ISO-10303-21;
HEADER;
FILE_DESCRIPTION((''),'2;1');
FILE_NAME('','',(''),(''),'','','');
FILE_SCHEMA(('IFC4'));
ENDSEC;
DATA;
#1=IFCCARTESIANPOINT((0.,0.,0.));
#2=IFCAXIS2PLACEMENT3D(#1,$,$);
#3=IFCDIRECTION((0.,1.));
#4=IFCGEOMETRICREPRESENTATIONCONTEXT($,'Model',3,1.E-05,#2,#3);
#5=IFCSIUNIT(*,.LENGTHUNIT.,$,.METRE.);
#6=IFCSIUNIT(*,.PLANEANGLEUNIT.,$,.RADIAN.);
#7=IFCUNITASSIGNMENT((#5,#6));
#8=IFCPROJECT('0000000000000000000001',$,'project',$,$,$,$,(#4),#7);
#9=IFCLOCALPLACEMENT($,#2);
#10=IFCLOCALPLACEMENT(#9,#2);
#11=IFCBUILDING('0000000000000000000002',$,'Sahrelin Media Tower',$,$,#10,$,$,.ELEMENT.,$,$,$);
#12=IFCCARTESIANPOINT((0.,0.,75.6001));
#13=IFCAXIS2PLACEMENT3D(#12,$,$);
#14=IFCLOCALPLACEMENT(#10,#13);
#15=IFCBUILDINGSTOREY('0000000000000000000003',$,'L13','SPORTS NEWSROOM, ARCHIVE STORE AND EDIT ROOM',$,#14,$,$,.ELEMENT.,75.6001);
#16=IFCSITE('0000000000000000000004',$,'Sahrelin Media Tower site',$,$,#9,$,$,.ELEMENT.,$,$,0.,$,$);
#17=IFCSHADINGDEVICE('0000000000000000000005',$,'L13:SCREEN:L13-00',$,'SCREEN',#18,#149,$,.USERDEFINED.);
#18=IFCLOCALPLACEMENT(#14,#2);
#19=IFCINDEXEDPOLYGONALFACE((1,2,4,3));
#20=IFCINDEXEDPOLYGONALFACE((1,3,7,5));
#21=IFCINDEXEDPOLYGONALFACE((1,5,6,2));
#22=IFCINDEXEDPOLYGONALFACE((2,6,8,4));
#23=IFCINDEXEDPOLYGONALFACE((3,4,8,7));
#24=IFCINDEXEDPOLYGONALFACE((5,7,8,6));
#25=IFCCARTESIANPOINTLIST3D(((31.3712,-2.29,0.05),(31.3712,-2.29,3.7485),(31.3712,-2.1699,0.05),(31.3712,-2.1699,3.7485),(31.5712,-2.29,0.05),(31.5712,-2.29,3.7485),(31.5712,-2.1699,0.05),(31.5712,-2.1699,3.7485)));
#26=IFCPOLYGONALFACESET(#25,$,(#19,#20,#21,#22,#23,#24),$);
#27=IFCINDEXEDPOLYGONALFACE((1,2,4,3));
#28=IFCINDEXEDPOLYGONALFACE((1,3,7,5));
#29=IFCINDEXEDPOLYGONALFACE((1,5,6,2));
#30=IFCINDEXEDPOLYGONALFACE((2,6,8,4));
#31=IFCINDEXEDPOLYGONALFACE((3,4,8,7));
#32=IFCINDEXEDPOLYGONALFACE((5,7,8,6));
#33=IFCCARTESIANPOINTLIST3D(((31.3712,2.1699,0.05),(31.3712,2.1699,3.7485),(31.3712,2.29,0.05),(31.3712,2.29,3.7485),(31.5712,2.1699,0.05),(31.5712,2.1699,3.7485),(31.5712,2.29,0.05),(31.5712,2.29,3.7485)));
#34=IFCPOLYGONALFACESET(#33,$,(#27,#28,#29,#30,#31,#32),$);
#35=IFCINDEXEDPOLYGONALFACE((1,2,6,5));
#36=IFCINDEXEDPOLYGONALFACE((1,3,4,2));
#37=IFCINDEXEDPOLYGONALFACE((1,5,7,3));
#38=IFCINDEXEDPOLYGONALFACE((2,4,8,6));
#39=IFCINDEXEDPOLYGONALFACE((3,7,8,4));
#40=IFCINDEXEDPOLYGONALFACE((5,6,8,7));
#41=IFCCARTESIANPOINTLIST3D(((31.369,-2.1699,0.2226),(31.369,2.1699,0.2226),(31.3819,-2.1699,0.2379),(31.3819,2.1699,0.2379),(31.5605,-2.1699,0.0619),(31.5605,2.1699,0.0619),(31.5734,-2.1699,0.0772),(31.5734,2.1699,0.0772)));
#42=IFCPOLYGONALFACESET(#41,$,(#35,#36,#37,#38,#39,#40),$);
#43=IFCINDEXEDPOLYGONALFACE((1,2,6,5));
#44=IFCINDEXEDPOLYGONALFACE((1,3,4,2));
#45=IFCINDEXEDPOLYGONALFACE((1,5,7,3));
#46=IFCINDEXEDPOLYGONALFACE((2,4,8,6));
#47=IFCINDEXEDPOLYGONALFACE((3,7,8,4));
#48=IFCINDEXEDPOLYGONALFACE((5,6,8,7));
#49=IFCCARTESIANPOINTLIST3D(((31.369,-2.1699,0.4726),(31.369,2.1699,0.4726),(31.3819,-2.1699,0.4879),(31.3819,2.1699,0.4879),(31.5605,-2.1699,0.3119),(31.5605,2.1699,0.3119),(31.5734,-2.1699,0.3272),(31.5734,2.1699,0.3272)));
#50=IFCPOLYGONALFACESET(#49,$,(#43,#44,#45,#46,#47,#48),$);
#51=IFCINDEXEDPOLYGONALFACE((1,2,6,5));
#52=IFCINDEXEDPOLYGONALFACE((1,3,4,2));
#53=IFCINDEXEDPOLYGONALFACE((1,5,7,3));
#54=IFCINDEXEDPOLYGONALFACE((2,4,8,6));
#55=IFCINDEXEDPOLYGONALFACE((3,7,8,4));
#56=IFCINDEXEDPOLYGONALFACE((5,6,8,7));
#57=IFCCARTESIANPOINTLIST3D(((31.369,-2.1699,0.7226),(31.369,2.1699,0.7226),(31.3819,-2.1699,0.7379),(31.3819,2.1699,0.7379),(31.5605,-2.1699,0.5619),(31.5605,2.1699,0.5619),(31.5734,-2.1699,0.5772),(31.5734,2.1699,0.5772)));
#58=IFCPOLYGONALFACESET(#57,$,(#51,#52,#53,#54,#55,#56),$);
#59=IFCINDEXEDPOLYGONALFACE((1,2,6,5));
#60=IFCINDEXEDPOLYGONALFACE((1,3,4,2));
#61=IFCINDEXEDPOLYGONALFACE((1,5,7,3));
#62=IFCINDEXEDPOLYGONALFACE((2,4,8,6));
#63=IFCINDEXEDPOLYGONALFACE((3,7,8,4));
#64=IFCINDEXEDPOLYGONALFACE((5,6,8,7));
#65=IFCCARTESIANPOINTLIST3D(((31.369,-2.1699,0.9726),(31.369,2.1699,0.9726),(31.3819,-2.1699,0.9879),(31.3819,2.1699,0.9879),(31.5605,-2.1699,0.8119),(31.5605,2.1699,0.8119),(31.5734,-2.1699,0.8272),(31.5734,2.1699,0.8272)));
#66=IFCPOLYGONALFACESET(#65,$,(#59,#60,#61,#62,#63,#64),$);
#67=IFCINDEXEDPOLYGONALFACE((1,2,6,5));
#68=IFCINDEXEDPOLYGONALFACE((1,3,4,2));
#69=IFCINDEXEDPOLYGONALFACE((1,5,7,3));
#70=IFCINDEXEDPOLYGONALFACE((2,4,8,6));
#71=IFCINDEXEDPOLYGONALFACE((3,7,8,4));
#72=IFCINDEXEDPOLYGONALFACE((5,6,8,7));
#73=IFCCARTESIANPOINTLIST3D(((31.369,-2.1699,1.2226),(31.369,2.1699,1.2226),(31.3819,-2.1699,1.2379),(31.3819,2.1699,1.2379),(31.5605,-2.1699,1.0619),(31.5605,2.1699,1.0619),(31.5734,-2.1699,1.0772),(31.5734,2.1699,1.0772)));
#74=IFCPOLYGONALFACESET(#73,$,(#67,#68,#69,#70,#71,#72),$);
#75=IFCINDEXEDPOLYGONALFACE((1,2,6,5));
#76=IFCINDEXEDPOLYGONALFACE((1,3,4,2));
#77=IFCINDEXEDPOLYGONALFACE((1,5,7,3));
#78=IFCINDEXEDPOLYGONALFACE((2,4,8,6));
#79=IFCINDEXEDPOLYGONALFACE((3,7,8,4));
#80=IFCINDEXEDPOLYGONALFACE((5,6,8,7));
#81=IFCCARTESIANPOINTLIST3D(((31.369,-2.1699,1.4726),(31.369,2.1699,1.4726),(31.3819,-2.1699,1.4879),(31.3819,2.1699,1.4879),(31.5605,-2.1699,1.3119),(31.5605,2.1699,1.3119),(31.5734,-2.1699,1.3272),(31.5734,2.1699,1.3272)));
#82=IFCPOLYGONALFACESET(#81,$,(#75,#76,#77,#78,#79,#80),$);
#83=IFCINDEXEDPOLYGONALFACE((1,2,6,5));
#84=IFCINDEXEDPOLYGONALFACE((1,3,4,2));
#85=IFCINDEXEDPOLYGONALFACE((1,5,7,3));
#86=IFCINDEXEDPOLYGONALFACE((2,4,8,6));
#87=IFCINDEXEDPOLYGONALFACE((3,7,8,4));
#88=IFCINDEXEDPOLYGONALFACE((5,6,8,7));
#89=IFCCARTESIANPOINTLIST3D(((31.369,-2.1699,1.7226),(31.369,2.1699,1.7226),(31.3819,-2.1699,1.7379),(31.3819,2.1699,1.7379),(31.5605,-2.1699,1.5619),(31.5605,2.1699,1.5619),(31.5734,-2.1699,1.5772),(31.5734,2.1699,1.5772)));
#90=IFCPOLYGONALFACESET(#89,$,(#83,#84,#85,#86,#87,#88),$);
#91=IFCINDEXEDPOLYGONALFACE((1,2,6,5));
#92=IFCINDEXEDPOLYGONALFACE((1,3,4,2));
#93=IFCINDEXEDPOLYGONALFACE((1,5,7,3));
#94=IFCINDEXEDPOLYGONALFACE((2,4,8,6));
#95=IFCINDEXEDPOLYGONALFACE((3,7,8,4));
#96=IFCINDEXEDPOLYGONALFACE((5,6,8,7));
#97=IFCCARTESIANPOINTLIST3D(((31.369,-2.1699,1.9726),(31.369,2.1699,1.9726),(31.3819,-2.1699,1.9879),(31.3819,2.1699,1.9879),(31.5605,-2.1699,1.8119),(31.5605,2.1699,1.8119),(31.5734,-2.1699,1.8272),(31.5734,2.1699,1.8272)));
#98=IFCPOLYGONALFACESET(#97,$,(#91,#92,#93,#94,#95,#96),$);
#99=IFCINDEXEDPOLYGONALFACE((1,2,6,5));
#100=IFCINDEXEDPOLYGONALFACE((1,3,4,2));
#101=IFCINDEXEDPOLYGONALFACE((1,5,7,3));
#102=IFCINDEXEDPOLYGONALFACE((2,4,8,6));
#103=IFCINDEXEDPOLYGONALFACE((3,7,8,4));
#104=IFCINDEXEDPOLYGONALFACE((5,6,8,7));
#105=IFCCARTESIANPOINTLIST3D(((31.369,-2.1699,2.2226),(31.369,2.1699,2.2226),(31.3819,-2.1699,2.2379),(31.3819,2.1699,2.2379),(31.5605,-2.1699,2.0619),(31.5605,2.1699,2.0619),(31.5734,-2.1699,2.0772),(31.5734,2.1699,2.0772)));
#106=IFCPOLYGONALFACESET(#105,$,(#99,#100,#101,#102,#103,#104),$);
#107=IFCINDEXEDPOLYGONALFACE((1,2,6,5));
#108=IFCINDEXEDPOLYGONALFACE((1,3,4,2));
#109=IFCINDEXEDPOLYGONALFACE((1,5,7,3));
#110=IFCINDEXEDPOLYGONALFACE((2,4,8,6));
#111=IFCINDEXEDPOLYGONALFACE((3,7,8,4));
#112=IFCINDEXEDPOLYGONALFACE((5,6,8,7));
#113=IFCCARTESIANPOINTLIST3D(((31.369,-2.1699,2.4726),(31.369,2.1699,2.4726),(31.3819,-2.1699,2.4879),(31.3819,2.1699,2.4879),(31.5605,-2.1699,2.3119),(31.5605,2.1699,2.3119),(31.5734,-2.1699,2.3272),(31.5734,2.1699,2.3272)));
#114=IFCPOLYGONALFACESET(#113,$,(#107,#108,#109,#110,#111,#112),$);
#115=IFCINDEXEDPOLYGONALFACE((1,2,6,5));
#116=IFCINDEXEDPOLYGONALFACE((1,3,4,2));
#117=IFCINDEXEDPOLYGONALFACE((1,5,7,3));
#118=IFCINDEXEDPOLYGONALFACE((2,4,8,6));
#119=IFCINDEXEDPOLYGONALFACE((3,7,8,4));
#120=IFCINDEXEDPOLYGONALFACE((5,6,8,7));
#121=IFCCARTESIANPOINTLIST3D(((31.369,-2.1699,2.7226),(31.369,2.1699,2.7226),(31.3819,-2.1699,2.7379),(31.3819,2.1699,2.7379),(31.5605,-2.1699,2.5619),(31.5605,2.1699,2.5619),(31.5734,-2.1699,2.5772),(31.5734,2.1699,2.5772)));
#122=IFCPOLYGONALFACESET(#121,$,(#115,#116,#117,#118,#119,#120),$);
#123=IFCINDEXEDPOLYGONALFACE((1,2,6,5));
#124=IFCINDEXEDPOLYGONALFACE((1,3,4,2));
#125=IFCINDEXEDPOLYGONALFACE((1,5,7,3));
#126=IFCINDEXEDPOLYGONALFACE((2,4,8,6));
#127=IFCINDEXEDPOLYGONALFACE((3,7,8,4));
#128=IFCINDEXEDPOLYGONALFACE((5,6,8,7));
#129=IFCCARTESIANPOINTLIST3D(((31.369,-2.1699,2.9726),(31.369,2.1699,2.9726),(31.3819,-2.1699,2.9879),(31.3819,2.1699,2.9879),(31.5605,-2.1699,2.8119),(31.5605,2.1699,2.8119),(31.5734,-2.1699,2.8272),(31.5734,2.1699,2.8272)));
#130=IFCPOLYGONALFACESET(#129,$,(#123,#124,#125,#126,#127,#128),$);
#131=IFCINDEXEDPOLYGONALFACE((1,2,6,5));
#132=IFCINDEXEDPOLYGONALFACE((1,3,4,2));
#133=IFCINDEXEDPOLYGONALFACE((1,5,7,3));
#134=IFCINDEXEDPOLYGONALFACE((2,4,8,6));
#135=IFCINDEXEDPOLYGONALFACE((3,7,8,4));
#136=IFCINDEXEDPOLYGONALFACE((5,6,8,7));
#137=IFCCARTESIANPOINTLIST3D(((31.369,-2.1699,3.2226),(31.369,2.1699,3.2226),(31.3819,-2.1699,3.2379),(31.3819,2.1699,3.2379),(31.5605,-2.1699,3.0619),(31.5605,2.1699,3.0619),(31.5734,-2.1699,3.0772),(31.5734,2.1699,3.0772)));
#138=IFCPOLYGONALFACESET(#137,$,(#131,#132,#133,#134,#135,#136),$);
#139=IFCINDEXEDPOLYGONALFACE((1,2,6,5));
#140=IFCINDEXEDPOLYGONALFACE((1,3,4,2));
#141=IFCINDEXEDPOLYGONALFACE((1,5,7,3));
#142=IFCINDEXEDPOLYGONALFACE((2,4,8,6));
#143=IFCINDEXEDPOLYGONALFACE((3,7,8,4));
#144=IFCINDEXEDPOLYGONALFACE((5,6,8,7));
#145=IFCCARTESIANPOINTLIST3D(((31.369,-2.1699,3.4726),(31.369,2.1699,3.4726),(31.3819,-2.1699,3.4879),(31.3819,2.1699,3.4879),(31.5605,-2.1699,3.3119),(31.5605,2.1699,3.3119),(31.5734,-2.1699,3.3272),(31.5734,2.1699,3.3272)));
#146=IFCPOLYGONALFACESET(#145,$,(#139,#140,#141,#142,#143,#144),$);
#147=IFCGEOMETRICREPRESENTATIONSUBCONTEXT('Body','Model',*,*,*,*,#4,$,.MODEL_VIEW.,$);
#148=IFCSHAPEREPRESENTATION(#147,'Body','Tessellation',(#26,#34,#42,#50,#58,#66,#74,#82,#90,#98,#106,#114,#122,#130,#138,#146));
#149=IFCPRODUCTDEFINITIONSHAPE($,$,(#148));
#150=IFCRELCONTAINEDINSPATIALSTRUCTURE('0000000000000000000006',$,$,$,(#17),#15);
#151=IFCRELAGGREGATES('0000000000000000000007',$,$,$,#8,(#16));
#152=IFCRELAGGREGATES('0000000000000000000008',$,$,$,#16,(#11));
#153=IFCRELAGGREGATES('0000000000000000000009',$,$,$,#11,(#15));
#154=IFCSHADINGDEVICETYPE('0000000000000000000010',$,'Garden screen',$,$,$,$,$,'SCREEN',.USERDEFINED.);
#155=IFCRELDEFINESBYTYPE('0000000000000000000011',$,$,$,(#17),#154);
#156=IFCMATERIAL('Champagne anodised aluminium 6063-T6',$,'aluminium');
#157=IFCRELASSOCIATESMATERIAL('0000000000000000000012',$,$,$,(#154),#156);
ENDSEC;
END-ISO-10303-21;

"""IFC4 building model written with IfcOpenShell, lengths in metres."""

from ifc_helpers import new_model, si_unit, direction, frame, origin, origin_2d, place, context, subcontext, project, spatial, rectangle, extrude, material, type_object, element, save


model = new_model("IFC4")

# Units and contexts
model_context = context("Model", 3, precision=1e-05, world=origin(), true_north=direction((0.0, 1.0)))
body_context = subcontext(model_context, "Body", "Model", "MODEL_VIEW")
ifc_project = project(units=[si_unit("LENGTHUNIT", "METRE"), si_unit("PLANEANGLEUNIT", "RADIAN")], contexts=[model_context])

# Site, building, storey
site_placement = place(None, origin())
site = spatial("IfcSite", under=ifc_project, at=site_placement, Name="Sahrelin Media Tower site", CompositionType="ELEMENT", RefElevation=0.0)
building_placement = place(site_placement, origin())
building = spatial("IfcBuilding", under=site, at=building_placement, Name="Sahrelin Media Tower", CompositionType="ELEMENT")
storey_placement = place(building_placement, frame((0.0, 0.0, 75.6001)))
storey = spatial("IfcBuildingStorey", under=building, at=storey_placement, Name="L13", Description="SPORTS NEWSROOM, ARCHIVE STORE AND EDIT ROOM", CompositionType="ELEMENT", Elevation=75.6001)

# Shared definitions
ifc_material_1 = material(Name="Champagne anodised aluminium 6063-T6", Category="aluminium")

# Shading device
shading_device_type_1 = type_object("IfcShadingDeviceType", Name="Garden screen", ElementType="SCREEN", PredefinedType="USERDEFINED", material=ifc_material_1)
shading_device_1_placement = place(storey_placement, frame((31.3711, 0.0, 0.0), z_axis=(0.0, 0.0, 1.0), x_axis=(0.0, -1.0, 0.0)))
element("IfcShadingDevice", 1, at=shading_device_1_placement, inside=storey, type_object=shading_device_type_1, Name="L13:SCREEN:L13-00", ObjectType="SCREEN", PredefinedType="USERDEFINED", context=body_context, shape_type="SweptSolid", body=[
    extrude(rectangle(XDim=0.1201, YDim=0.2, at=origin_2d()), frame((2.23, 0.1001, 0.05), z_axis=(0.0, 0.0, 1.0), x_axis=(1.0, 0.0, 0.0)), (0.0, 0.0, 1.0), 3.6985),
    extrude(rectangle(XDim=0.1201, YDim=0.2, at=origin_2d()), frame((-2.23, 0.1001, 0.05), z_axis=(0.0, 0.0, 1.0), x_axis=(1.0, 0.0, 0.0)), (0.0, 0.0, 1.0), 3.6985),
    extrude(rectangle(XDim=0.25, YDim=0.02, at=origin_2d()), frame((2.1699, 0.1001, 0.1499), z_axis=(-1.0, 0.0, 0.0), x_axis=(0.0, -0.766044, 0.642788)), (0.0, 0.0, 1.0), 4.3398),
    extrude(rectangle(XDim=0.25, YDim=0.02, at=origin_2d()), frame((2.1699, 0.1001, 0.3999), z_axis=(-1.0, 0.0, 0.0), x_axis=(0.0, -0.766044, 0.642788)), (0.0, 0.0, 1.0), 4.3398),
    extrude(rectangle(XDim=0.25, YDim=0.02, at=origin_2d()), frame((2.1699, 0.1001, 0.6499), z_axis=(-1.0, 0.0, 0.0), x_axis=(0.0, -0.766044, 0.642788)), (0.0, 0.0, 1.0), 4.3398),
    extrude(rectangle(XDim=0.25, YDim=0.02, at=origin_2d()), frame((2.1699, 0.1001, 0.8999), z_axis=(-1.0, 0.0, 0.0), x_axis=(0.0, -0.766044, 0.642788)), (0.0, 0.0, 1.0), 4.3398),
    extrude(rectangle(XDim=0.25, YDim=0.02, at=origin_2d()), frame((2.1699, 0.1001, 1.1499), z_axis=(-1.0, 0.0, 0.0), x_axis=(0.0, -0.766044, 0.642788)), (0.0, 0.0, 1.0), 4.3398),
    extrude(rectangle(XDim=0.25, YDim=0.02, at=origin_2d()), frame((2.1699, 0.1001, 1.3999), z_axis=(-1.0, 0.0, 0.0), x_axis=(0.0, -0.766044, 0.642788)), (0.0, 0.0, 1.0), 4.3398),
    extrude(rectangle(XDim=0.25, YDim=0.02, at=origin_2d()), frame((2.1699, 0.1001, 1.6499), z_axis=(-1.0, 0.0, 0.0), x_axis=(0.0, -0.766044, 0.642788)), (0.0, 0.0, 1.0), 4.3398),
    extrude(rectangle(XDim=0.25, YDim=0.02, at=origin_2d()), frame((2.1699, 0.1001, 1.8999), z_axis=(-1.0, 0.0, 0.0), x_axis=(0.0, -0.766044, 0.642788)), (0.0, 0.0, 1.0), 4.3398),
    extrude(rectangle(XDim=0.25, YDim=0.02, at=origin_2d()), frame((2.1699, 0.1001, 2.1499), z_axis=(-1.0, 0.0, 0.0), x_axis=(0.0, -0.766044, 0.642788)), (0.0, 0.0, 1.0), 4.3398),
    extrude(rectangle(XDim=0.25, YDim=0.02, at=origin_2d()), frame((2.1699, 0.1001, 2.3999), z_axis=(-1.0, 0.0, 0.0), x_axis=(0.0, -0.766044, 0.642788)), (0.0, 0.0, 1.0), 4.3398),
    extrude(rectangle(XDim=0.25, YDim=0.02, at=origin_2d()), frame((2.1699, 0.1001, 2.6499), z_axis=(-1.0, 0.0, 0.0), x_axis=(0.0, -0.766044, 0.642788)), (0.0, 0.0, 1.0), 4.3398),
    extrude(rectangle(XDim=0.25, YDim=0.02, at=origin_2d()), frame((2.1699, 0.1001, 2.8999), z_axis=(-1.0, 0.0, 0.0), x_axis=(0.0, -0.766044, 0.642788)), (0.0, 0.0, 1.0), 4.3398),
    extrude(rectangle(XDim=0.25, YDim=0.02, at=origin_2d()), frame((2.1699, 0.1001, 3.1499), z_axis=(-1.0, 0.0, 0.0), x_axis=(0.0, -0.766044, 0.642788)), (0.0, 0.0, 1.0), 4.3398),
    extrude(rectangle(XDim=0.25, YDim=0.02, at=origin_2d()), frame((2.1699, 0.1001, 3.3999), z_axis=(-1.0, 0.0, 0.0), x_axis=(0.0, -0.766044, 0.642788)), (0.0, 0.0, 1.0), 4.3398),
])

save(model, "model.ifc")
